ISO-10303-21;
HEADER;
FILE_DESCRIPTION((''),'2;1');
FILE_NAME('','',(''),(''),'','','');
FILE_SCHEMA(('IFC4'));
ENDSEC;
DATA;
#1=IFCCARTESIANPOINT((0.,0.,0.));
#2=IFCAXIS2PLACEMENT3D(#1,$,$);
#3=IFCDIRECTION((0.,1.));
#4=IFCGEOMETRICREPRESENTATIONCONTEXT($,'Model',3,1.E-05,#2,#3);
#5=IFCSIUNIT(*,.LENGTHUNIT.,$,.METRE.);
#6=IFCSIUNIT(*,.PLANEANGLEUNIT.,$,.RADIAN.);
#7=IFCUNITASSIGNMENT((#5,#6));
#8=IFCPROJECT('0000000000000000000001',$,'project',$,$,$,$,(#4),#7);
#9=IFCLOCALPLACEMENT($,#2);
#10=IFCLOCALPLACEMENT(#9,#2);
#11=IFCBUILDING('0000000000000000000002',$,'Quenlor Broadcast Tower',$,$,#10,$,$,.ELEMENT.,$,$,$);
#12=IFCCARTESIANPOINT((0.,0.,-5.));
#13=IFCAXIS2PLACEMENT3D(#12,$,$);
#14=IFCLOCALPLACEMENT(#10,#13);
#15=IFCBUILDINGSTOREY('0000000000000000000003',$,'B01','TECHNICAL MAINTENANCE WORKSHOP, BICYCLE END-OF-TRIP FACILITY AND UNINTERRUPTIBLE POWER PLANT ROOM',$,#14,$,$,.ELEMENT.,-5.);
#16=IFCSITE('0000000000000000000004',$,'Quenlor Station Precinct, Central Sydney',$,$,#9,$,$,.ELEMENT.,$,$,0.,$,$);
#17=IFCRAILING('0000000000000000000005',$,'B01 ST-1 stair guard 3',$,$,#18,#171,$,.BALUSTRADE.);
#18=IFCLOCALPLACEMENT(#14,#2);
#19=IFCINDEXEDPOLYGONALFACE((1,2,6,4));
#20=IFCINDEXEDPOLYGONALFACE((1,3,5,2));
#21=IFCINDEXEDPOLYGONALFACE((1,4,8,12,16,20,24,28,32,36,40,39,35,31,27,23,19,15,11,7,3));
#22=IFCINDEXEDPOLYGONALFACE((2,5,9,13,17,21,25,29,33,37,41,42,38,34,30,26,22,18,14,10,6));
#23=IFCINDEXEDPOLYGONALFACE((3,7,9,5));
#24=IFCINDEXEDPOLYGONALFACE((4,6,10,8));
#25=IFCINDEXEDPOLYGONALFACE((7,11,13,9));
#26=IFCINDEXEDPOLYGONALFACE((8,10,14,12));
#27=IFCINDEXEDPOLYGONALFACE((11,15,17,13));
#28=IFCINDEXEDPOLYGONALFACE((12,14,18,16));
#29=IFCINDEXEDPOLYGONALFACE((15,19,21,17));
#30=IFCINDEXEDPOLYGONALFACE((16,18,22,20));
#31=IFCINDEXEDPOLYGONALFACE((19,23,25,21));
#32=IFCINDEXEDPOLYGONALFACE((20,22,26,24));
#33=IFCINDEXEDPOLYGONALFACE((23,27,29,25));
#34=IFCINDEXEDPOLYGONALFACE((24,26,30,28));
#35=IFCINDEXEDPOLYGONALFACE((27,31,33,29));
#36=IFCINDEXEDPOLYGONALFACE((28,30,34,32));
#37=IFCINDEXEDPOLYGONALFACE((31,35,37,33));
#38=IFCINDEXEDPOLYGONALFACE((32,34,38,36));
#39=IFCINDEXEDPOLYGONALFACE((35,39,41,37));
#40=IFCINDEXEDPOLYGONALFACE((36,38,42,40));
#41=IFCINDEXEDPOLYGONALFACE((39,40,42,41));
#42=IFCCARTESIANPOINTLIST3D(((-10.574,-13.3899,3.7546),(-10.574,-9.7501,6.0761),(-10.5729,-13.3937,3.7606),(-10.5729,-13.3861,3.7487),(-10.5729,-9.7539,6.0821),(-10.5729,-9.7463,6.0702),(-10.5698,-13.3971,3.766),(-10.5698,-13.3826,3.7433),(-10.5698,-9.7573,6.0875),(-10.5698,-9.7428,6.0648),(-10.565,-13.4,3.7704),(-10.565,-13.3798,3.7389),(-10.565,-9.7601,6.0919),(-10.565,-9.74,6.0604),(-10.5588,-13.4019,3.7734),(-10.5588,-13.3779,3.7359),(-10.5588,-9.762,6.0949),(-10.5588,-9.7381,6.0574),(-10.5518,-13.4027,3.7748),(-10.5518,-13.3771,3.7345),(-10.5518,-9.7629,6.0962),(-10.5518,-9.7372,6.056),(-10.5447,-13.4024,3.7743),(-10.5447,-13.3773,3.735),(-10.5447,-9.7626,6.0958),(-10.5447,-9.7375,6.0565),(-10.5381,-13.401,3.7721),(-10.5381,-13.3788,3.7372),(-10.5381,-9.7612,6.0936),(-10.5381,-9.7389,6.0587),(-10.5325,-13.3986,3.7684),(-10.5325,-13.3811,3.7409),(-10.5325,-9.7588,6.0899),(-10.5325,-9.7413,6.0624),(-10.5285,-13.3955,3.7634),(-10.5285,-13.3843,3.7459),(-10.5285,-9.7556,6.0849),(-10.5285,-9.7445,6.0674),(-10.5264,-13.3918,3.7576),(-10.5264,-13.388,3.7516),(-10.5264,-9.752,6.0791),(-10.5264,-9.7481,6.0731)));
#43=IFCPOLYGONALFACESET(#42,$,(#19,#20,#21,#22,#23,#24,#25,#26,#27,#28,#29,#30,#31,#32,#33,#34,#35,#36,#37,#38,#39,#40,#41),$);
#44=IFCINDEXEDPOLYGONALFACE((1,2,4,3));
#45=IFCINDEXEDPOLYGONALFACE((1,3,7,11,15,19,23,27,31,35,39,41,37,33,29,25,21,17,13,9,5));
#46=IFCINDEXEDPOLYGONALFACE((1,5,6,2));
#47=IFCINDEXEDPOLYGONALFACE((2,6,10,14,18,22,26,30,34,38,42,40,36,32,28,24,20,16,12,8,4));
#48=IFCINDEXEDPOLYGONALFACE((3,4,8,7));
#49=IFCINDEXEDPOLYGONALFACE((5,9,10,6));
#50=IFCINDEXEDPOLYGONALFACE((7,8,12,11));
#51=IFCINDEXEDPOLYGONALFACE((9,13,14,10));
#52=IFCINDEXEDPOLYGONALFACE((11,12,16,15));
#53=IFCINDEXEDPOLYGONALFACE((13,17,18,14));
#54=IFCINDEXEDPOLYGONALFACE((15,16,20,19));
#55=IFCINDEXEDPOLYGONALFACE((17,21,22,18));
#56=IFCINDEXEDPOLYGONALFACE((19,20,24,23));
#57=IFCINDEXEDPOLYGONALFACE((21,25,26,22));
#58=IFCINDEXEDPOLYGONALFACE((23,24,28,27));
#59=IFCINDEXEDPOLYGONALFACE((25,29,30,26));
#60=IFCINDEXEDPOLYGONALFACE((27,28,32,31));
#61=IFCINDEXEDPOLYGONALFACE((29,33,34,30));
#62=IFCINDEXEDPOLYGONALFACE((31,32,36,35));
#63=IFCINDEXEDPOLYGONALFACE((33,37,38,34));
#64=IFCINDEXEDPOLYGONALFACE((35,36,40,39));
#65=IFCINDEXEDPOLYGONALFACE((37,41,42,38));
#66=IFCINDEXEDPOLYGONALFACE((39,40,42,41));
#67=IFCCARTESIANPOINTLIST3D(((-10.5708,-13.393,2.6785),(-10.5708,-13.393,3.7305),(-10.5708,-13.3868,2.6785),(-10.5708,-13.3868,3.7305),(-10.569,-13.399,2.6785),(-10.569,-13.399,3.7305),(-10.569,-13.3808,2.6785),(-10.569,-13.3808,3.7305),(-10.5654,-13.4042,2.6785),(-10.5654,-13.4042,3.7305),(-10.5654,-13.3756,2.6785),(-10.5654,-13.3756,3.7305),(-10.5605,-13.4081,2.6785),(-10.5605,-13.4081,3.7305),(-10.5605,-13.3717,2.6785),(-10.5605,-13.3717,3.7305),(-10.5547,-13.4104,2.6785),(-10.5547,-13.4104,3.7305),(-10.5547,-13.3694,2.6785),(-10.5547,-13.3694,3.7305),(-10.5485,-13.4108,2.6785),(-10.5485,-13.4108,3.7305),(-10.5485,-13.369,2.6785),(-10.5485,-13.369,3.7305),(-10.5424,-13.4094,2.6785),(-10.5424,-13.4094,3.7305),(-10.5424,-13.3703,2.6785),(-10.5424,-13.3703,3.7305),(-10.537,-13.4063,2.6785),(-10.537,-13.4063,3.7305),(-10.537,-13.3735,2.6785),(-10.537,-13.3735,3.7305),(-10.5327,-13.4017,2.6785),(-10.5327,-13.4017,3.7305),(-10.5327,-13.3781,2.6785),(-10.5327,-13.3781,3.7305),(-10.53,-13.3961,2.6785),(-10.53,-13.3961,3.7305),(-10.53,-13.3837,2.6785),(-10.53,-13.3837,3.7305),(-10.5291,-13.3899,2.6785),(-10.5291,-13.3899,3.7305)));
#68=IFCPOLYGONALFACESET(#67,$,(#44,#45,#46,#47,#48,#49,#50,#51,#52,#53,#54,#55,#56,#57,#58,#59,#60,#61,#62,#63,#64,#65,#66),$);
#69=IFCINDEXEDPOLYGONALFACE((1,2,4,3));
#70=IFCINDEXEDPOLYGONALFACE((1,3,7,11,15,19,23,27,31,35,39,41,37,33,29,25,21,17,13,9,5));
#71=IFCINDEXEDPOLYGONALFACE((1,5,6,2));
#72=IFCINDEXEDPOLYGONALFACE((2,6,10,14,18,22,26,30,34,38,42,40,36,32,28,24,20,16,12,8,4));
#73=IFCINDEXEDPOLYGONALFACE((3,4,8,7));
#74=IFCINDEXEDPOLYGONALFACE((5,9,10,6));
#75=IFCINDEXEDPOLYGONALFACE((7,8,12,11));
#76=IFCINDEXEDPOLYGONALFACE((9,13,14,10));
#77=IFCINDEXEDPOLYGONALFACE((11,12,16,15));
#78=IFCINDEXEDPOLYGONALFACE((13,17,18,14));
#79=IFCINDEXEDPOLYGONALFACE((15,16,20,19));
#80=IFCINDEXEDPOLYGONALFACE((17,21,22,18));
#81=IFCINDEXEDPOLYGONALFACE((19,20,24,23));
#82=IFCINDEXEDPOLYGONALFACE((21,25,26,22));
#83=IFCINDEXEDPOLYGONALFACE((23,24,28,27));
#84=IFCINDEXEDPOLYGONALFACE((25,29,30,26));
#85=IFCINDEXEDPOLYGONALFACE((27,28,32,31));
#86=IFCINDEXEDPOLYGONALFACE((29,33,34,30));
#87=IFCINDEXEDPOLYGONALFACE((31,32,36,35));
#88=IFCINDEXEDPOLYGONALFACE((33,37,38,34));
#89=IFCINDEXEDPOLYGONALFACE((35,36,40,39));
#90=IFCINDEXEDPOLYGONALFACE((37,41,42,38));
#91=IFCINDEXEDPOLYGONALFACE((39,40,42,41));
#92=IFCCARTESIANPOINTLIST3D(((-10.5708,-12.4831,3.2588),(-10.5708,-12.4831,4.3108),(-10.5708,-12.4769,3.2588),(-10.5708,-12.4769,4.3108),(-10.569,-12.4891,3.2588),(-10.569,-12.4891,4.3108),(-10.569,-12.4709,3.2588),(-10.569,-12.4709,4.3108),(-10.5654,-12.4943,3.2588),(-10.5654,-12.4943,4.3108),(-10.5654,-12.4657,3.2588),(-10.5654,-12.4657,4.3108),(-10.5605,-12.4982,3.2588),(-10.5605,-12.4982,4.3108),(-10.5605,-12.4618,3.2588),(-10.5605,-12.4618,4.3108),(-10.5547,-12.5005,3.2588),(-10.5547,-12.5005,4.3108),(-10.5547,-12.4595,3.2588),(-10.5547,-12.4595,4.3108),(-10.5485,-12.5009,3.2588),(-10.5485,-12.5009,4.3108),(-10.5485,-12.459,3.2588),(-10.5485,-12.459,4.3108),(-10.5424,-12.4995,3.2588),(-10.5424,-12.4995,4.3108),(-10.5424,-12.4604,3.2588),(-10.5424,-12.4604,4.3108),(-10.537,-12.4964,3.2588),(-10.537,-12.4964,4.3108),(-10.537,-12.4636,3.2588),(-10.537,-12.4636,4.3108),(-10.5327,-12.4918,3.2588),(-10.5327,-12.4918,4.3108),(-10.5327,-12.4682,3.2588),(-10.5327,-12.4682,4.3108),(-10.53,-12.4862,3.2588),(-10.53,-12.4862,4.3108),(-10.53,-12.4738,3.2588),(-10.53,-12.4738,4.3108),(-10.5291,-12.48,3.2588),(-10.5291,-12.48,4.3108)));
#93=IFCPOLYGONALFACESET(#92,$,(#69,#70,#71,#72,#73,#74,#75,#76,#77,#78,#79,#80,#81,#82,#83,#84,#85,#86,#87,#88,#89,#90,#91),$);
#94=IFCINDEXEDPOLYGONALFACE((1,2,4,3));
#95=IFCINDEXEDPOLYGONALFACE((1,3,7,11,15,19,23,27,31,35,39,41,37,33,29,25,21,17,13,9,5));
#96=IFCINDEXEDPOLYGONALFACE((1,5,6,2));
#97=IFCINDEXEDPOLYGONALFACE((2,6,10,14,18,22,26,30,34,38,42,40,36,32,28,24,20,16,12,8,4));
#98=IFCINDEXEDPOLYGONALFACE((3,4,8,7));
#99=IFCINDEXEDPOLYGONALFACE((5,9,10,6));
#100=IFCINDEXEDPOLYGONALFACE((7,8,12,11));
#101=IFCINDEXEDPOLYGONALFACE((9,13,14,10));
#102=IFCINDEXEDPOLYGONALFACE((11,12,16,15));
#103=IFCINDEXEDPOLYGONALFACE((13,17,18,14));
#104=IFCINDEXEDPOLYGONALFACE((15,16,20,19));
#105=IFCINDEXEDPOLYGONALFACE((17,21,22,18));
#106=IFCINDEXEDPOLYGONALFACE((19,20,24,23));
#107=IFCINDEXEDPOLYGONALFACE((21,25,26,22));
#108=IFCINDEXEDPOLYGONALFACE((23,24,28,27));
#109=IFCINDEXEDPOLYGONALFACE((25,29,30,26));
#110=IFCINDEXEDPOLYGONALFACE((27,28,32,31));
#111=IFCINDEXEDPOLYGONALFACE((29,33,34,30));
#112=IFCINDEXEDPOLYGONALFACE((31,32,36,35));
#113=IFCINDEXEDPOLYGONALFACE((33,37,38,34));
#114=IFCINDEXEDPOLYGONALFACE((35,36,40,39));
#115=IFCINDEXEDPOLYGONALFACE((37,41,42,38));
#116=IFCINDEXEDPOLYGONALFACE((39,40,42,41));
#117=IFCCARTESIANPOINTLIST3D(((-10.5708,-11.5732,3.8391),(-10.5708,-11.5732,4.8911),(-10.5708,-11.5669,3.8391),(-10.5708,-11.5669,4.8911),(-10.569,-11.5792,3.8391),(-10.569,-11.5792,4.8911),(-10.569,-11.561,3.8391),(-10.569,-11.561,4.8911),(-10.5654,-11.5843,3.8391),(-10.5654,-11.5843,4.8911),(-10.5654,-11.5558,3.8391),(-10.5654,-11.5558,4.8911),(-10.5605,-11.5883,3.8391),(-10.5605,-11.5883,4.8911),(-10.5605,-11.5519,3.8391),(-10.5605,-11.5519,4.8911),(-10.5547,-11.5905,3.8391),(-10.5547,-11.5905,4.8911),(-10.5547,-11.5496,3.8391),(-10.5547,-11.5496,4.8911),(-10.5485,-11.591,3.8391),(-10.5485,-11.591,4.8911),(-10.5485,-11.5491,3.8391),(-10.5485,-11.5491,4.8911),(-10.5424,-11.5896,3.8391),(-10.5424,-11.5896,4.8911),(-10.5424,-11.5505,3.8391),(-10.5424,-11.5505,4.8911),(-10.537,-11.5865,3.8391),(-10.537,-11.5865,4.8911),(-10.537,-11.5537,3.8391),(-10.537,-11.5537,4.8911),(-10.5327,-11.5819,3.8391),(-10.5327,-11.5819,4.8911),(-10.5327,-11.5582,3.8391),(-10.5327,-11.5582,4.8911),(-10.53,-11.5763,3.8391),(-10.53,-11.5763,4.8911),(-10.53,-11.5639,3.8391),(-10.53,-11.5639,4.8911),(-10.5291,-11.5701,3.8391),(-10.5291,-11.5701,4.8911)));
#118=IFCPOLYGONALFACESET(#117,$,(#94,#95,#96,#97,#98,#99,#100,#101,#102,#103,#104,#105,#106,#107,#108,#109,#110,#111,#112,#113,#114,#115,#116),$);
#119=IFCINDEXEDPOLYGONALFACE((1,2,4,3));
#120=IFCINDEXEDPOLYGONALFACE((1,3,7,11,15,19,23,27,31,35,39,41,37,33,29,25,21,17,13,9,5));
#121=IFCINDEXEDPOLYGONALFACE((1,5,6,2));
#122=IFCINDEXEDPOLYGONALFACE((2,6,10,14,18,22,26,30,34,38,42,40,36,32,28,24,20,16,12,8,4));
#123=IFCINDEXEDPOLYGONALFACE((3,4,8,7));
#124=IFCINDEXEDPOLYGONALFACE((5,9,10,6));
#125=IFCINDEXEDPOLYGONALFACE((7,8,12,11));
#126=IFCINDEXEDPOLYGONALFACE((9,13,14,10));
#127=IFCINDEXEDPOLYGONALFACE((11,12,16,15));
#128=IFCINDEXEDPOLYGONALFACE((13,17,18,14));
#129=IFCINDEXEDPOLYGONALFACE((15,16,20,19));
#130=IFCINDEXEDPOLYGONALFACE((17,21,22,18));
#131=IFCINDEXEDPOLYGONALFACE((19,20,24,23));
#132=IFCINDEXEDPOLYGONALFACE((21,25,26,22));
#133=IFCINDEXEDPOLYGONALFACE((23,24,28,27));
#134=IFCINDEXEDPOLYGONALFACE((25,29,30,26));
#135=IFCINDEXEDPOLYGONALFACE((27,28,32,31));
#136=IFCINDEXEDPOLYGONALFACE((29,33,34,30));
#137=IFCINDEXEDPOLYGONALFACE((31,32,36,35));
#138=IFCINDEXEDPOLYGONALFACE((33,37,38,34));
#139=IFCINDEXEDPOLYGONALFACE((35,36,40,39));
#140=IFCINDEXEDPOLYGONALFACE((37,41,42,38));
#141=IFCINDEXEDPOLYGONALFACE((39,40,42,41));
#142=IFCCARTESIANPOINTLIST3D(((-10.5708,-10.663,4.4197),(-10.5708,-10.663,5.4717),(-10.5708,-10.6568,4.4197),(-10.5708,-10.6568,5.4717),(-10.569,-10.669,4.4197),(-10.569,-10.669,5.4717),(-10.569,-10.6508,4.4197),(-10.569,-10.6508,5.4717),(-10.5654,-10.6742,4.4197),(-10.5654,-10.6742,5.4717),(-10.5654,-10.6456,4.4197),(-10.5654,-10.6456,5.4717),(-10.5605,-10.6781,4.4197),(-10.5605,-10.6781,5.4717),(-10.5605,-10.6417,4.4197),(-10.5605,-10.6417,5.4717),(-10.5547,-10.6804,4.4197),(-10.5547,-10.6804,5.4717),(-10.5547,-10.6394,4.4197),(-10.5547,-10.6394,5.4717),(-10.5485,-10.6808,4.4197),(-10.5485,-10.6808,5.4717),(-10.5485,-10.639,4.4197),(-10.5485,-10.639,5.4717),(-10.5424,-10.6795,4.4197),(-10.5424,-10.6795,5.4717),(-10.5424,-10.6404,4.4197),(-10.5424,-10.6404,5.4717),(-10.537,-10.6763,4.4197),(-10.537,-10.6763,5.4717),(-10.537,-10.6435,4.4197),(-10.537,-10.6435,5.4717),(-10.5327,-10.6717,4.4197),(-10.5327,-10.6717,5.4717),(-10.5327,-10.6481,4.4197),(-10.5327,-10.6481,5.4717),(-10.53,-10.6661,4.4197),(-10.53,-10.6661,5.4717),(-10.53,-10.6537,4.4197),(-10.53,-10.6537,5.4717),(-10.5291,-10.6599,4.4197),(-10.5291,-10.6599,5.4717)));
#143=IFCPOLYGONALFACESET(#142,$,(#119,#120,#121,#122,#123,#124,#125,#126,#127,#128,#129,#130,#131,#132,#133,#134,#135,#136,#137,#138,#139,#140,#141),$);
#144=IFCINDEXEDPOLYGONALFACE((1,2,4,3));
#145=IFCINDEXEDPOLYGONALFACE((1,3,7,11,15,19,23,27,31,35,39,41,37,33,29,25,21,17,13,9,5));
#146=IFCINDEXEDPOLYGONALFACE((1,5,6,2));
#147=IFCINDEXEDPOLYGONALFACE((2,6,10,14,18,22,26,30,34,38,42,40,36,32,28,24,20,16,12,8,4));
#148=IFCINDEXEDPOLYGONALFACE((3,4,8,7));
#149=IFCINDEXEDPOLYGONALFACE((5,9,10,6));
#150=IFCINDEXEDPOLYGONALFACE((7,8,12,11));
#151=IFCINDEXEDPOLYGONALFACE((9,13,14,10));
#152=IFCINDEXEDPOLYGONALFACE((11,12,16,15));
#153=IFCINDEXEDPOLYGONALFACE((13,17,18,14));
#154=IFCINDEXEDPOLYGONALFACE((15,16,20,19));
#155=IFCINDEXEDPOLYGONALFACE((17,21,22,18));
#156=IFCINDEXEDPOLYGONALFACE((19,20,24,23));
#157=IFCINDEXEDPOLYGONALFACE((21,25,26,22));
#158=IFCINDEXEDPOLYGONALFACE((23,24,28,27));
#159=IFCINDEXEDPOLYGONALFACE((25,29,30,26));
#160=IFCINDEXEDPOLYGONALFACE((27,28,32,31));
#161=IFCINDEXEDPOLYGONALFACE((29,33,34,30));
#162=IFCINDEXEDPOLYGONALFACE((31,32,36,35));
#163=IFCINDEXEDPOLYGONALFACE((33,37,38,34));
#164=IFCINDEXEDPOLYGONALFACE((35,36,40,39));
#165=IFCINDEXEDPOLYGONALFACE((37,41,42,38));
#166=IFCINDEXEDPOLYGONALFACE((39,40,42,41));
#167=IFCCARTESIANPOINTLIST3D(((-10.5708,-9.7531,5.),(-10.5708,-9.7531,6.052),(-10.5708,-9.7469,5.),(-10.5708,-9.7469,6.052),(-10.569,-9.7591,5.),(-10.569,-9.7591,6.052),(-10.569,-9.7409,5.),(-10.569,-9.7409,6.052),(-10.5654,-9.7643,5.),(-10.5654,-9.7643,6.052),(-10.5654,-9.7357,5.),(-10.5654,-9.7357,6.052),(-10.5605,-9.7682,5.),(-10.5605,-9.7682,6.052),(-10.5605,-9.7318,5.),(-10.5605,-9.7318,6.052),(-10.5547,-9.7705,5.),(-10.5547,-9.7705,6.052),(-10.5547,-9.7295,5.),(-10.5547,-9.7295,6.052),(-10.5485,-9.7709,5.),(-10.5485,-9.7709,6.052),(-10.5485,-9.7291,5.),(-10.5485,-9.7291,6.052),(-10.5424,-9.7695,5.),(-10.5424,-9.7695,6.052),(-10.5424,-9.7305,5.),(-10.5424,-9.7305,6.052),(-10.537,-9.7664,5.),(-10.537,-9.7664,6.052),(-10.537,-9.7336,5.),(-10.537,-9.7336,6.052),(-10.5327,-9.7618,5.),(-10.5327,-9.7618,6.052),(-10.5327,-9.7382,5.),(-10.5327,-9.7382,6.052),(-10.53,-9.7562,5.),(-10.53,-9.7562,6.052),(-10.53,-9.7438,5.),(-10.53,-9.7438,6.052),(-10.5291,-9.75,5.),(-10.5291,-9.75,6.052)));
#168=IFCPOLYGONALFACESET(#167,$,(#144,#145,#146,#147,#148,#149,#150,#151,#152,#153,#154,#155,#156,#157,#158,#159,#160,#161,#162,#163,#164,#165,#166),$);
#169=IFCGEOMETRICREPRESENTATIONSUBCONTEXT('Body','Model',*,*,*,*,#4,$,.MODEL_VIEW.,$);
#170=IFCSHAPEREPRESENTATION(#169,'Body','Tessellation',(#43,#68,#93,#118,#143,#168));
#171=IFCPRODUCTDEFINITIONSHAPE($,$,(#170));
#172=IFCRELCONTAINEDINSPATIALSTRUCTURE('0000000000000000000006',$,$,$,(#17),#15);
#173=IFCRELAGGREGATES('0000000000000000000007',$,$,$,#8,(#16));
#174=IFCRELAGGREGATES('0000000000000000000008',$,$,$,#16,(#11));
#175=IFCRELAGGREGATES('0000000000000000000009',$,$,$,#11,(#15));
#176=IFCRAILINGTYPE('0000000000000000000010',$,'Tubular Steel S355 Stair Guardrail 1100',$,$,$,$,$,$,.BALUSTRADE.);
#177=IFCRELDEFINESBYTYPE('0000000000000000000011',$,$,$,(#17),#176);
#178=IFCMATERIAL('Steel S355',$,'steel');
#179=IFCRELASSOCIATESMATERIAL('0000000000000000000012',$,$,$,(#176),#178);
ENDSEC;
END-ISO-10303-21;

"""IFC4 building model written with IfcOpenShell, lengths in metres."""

from ifc_helpers import new_model, si_unit, direction, frame, origin, origin_2d, place, context, subcontext, project, spatial, circle, extrude, material, type_object, element, save


model = new_model("IFC4")

# Units and contexts
model_context = context("Model", 3, precision=1e-05, world=origin(), true_north=direction((0.0, 1.0)))
body_context = subcontext(model_context, "Body", "Model", "MODEL_VIEW")
ifc_project = project(units=[si_unit("LENGTHUNIT", "METRE"), si_unit("PLANEANGLEUNIT", "RADIAN")], contexts=[model_context])

# Site, building, storey
site_placement = place(None, origin())
site = spatial("IfcSite", under=ifc_project, at=site_placement, Name="Quenlor Station Precinct, Central Sydney", CompositionType="ELEMENT", RefElevation=0.0)
building_placement = place(site_placement, origin())
building = spatial("IfcBuilding", under=site, at=building_placement, Name="Quenlor Broadcast Tower", CompositionType="ELEMENT")
storey_placement = place(building_placement, frame((0.0, 0.0, -5.0)))
storey = spatial("IfcBuildingStorey", under=building, at=storey_placement, Name="B01", Description="TECHNICAL MAINTENANCE WORKSHOP, BICYCLE END-OF-TRIP FACILITY AND UNINTERRUPTIBLE POWER PLANT ROOM", CompositionType="ELEMENT", Elevation=-5.0)

# Railing
ifc_material_1 = material(Name="Steel S355", Category="steel")
railing_type = type_object("IfcRailingType", Name="Tubular Steel S355 Stair Guardrail 1100", PredefinedType="BALUSTRADE", material=ifc_material_1)
railing_1_placement = place(storey_placement, frame((-10.55, -13.3899, 2.6785)))
element("IfcRailing", 1, at=railing_1_placement, inside=storey, type_object=railing_type, Name="B01 ST-1 stair guard 3", PredefinedType="BALUSTRADE", context=body_context, shape_type="SweptSolid", body=[
    extrude(circle(Radius=0.0239, at=origin_2d()), frame((0.0, 0.0, 1.0762), z_axis=(0.0, 0.843112, 0.537739), x_axis=(-1.0, 0.0, 0.0)), (0.0, 0.0, 1.0), 4.3171),
    extrude(circle(Radius=0.021, at=origin_2d()), origin(), (0.0, 0.0, 1.0), 1.052),
    extrude(circle(Radius=0.021, at=origin_2d()), frame((0.0, 0.9099, 0.5803)), (0.0, 0.0, 1.0), 1.052),
    extrude(circle(Radius=0.021, at=origin_2d()), frame((0.0, 1.8198, 1.1606)), (0.0, 0.0, 1.0), 1.052),
    extrude(circle(Radius=0.021, at=origin_2d()), frame((0.0, 2.73, 1.7412)), (0.0, 0.0, 1.0), 1.052),
    extrude(circle(Radius=0.021, at=origin_2d()), frame((0.0, 3.6399, 2.3215)), (0.0, 0.0, 1.0), 1.052),
])

save(model, "model.ifc")
